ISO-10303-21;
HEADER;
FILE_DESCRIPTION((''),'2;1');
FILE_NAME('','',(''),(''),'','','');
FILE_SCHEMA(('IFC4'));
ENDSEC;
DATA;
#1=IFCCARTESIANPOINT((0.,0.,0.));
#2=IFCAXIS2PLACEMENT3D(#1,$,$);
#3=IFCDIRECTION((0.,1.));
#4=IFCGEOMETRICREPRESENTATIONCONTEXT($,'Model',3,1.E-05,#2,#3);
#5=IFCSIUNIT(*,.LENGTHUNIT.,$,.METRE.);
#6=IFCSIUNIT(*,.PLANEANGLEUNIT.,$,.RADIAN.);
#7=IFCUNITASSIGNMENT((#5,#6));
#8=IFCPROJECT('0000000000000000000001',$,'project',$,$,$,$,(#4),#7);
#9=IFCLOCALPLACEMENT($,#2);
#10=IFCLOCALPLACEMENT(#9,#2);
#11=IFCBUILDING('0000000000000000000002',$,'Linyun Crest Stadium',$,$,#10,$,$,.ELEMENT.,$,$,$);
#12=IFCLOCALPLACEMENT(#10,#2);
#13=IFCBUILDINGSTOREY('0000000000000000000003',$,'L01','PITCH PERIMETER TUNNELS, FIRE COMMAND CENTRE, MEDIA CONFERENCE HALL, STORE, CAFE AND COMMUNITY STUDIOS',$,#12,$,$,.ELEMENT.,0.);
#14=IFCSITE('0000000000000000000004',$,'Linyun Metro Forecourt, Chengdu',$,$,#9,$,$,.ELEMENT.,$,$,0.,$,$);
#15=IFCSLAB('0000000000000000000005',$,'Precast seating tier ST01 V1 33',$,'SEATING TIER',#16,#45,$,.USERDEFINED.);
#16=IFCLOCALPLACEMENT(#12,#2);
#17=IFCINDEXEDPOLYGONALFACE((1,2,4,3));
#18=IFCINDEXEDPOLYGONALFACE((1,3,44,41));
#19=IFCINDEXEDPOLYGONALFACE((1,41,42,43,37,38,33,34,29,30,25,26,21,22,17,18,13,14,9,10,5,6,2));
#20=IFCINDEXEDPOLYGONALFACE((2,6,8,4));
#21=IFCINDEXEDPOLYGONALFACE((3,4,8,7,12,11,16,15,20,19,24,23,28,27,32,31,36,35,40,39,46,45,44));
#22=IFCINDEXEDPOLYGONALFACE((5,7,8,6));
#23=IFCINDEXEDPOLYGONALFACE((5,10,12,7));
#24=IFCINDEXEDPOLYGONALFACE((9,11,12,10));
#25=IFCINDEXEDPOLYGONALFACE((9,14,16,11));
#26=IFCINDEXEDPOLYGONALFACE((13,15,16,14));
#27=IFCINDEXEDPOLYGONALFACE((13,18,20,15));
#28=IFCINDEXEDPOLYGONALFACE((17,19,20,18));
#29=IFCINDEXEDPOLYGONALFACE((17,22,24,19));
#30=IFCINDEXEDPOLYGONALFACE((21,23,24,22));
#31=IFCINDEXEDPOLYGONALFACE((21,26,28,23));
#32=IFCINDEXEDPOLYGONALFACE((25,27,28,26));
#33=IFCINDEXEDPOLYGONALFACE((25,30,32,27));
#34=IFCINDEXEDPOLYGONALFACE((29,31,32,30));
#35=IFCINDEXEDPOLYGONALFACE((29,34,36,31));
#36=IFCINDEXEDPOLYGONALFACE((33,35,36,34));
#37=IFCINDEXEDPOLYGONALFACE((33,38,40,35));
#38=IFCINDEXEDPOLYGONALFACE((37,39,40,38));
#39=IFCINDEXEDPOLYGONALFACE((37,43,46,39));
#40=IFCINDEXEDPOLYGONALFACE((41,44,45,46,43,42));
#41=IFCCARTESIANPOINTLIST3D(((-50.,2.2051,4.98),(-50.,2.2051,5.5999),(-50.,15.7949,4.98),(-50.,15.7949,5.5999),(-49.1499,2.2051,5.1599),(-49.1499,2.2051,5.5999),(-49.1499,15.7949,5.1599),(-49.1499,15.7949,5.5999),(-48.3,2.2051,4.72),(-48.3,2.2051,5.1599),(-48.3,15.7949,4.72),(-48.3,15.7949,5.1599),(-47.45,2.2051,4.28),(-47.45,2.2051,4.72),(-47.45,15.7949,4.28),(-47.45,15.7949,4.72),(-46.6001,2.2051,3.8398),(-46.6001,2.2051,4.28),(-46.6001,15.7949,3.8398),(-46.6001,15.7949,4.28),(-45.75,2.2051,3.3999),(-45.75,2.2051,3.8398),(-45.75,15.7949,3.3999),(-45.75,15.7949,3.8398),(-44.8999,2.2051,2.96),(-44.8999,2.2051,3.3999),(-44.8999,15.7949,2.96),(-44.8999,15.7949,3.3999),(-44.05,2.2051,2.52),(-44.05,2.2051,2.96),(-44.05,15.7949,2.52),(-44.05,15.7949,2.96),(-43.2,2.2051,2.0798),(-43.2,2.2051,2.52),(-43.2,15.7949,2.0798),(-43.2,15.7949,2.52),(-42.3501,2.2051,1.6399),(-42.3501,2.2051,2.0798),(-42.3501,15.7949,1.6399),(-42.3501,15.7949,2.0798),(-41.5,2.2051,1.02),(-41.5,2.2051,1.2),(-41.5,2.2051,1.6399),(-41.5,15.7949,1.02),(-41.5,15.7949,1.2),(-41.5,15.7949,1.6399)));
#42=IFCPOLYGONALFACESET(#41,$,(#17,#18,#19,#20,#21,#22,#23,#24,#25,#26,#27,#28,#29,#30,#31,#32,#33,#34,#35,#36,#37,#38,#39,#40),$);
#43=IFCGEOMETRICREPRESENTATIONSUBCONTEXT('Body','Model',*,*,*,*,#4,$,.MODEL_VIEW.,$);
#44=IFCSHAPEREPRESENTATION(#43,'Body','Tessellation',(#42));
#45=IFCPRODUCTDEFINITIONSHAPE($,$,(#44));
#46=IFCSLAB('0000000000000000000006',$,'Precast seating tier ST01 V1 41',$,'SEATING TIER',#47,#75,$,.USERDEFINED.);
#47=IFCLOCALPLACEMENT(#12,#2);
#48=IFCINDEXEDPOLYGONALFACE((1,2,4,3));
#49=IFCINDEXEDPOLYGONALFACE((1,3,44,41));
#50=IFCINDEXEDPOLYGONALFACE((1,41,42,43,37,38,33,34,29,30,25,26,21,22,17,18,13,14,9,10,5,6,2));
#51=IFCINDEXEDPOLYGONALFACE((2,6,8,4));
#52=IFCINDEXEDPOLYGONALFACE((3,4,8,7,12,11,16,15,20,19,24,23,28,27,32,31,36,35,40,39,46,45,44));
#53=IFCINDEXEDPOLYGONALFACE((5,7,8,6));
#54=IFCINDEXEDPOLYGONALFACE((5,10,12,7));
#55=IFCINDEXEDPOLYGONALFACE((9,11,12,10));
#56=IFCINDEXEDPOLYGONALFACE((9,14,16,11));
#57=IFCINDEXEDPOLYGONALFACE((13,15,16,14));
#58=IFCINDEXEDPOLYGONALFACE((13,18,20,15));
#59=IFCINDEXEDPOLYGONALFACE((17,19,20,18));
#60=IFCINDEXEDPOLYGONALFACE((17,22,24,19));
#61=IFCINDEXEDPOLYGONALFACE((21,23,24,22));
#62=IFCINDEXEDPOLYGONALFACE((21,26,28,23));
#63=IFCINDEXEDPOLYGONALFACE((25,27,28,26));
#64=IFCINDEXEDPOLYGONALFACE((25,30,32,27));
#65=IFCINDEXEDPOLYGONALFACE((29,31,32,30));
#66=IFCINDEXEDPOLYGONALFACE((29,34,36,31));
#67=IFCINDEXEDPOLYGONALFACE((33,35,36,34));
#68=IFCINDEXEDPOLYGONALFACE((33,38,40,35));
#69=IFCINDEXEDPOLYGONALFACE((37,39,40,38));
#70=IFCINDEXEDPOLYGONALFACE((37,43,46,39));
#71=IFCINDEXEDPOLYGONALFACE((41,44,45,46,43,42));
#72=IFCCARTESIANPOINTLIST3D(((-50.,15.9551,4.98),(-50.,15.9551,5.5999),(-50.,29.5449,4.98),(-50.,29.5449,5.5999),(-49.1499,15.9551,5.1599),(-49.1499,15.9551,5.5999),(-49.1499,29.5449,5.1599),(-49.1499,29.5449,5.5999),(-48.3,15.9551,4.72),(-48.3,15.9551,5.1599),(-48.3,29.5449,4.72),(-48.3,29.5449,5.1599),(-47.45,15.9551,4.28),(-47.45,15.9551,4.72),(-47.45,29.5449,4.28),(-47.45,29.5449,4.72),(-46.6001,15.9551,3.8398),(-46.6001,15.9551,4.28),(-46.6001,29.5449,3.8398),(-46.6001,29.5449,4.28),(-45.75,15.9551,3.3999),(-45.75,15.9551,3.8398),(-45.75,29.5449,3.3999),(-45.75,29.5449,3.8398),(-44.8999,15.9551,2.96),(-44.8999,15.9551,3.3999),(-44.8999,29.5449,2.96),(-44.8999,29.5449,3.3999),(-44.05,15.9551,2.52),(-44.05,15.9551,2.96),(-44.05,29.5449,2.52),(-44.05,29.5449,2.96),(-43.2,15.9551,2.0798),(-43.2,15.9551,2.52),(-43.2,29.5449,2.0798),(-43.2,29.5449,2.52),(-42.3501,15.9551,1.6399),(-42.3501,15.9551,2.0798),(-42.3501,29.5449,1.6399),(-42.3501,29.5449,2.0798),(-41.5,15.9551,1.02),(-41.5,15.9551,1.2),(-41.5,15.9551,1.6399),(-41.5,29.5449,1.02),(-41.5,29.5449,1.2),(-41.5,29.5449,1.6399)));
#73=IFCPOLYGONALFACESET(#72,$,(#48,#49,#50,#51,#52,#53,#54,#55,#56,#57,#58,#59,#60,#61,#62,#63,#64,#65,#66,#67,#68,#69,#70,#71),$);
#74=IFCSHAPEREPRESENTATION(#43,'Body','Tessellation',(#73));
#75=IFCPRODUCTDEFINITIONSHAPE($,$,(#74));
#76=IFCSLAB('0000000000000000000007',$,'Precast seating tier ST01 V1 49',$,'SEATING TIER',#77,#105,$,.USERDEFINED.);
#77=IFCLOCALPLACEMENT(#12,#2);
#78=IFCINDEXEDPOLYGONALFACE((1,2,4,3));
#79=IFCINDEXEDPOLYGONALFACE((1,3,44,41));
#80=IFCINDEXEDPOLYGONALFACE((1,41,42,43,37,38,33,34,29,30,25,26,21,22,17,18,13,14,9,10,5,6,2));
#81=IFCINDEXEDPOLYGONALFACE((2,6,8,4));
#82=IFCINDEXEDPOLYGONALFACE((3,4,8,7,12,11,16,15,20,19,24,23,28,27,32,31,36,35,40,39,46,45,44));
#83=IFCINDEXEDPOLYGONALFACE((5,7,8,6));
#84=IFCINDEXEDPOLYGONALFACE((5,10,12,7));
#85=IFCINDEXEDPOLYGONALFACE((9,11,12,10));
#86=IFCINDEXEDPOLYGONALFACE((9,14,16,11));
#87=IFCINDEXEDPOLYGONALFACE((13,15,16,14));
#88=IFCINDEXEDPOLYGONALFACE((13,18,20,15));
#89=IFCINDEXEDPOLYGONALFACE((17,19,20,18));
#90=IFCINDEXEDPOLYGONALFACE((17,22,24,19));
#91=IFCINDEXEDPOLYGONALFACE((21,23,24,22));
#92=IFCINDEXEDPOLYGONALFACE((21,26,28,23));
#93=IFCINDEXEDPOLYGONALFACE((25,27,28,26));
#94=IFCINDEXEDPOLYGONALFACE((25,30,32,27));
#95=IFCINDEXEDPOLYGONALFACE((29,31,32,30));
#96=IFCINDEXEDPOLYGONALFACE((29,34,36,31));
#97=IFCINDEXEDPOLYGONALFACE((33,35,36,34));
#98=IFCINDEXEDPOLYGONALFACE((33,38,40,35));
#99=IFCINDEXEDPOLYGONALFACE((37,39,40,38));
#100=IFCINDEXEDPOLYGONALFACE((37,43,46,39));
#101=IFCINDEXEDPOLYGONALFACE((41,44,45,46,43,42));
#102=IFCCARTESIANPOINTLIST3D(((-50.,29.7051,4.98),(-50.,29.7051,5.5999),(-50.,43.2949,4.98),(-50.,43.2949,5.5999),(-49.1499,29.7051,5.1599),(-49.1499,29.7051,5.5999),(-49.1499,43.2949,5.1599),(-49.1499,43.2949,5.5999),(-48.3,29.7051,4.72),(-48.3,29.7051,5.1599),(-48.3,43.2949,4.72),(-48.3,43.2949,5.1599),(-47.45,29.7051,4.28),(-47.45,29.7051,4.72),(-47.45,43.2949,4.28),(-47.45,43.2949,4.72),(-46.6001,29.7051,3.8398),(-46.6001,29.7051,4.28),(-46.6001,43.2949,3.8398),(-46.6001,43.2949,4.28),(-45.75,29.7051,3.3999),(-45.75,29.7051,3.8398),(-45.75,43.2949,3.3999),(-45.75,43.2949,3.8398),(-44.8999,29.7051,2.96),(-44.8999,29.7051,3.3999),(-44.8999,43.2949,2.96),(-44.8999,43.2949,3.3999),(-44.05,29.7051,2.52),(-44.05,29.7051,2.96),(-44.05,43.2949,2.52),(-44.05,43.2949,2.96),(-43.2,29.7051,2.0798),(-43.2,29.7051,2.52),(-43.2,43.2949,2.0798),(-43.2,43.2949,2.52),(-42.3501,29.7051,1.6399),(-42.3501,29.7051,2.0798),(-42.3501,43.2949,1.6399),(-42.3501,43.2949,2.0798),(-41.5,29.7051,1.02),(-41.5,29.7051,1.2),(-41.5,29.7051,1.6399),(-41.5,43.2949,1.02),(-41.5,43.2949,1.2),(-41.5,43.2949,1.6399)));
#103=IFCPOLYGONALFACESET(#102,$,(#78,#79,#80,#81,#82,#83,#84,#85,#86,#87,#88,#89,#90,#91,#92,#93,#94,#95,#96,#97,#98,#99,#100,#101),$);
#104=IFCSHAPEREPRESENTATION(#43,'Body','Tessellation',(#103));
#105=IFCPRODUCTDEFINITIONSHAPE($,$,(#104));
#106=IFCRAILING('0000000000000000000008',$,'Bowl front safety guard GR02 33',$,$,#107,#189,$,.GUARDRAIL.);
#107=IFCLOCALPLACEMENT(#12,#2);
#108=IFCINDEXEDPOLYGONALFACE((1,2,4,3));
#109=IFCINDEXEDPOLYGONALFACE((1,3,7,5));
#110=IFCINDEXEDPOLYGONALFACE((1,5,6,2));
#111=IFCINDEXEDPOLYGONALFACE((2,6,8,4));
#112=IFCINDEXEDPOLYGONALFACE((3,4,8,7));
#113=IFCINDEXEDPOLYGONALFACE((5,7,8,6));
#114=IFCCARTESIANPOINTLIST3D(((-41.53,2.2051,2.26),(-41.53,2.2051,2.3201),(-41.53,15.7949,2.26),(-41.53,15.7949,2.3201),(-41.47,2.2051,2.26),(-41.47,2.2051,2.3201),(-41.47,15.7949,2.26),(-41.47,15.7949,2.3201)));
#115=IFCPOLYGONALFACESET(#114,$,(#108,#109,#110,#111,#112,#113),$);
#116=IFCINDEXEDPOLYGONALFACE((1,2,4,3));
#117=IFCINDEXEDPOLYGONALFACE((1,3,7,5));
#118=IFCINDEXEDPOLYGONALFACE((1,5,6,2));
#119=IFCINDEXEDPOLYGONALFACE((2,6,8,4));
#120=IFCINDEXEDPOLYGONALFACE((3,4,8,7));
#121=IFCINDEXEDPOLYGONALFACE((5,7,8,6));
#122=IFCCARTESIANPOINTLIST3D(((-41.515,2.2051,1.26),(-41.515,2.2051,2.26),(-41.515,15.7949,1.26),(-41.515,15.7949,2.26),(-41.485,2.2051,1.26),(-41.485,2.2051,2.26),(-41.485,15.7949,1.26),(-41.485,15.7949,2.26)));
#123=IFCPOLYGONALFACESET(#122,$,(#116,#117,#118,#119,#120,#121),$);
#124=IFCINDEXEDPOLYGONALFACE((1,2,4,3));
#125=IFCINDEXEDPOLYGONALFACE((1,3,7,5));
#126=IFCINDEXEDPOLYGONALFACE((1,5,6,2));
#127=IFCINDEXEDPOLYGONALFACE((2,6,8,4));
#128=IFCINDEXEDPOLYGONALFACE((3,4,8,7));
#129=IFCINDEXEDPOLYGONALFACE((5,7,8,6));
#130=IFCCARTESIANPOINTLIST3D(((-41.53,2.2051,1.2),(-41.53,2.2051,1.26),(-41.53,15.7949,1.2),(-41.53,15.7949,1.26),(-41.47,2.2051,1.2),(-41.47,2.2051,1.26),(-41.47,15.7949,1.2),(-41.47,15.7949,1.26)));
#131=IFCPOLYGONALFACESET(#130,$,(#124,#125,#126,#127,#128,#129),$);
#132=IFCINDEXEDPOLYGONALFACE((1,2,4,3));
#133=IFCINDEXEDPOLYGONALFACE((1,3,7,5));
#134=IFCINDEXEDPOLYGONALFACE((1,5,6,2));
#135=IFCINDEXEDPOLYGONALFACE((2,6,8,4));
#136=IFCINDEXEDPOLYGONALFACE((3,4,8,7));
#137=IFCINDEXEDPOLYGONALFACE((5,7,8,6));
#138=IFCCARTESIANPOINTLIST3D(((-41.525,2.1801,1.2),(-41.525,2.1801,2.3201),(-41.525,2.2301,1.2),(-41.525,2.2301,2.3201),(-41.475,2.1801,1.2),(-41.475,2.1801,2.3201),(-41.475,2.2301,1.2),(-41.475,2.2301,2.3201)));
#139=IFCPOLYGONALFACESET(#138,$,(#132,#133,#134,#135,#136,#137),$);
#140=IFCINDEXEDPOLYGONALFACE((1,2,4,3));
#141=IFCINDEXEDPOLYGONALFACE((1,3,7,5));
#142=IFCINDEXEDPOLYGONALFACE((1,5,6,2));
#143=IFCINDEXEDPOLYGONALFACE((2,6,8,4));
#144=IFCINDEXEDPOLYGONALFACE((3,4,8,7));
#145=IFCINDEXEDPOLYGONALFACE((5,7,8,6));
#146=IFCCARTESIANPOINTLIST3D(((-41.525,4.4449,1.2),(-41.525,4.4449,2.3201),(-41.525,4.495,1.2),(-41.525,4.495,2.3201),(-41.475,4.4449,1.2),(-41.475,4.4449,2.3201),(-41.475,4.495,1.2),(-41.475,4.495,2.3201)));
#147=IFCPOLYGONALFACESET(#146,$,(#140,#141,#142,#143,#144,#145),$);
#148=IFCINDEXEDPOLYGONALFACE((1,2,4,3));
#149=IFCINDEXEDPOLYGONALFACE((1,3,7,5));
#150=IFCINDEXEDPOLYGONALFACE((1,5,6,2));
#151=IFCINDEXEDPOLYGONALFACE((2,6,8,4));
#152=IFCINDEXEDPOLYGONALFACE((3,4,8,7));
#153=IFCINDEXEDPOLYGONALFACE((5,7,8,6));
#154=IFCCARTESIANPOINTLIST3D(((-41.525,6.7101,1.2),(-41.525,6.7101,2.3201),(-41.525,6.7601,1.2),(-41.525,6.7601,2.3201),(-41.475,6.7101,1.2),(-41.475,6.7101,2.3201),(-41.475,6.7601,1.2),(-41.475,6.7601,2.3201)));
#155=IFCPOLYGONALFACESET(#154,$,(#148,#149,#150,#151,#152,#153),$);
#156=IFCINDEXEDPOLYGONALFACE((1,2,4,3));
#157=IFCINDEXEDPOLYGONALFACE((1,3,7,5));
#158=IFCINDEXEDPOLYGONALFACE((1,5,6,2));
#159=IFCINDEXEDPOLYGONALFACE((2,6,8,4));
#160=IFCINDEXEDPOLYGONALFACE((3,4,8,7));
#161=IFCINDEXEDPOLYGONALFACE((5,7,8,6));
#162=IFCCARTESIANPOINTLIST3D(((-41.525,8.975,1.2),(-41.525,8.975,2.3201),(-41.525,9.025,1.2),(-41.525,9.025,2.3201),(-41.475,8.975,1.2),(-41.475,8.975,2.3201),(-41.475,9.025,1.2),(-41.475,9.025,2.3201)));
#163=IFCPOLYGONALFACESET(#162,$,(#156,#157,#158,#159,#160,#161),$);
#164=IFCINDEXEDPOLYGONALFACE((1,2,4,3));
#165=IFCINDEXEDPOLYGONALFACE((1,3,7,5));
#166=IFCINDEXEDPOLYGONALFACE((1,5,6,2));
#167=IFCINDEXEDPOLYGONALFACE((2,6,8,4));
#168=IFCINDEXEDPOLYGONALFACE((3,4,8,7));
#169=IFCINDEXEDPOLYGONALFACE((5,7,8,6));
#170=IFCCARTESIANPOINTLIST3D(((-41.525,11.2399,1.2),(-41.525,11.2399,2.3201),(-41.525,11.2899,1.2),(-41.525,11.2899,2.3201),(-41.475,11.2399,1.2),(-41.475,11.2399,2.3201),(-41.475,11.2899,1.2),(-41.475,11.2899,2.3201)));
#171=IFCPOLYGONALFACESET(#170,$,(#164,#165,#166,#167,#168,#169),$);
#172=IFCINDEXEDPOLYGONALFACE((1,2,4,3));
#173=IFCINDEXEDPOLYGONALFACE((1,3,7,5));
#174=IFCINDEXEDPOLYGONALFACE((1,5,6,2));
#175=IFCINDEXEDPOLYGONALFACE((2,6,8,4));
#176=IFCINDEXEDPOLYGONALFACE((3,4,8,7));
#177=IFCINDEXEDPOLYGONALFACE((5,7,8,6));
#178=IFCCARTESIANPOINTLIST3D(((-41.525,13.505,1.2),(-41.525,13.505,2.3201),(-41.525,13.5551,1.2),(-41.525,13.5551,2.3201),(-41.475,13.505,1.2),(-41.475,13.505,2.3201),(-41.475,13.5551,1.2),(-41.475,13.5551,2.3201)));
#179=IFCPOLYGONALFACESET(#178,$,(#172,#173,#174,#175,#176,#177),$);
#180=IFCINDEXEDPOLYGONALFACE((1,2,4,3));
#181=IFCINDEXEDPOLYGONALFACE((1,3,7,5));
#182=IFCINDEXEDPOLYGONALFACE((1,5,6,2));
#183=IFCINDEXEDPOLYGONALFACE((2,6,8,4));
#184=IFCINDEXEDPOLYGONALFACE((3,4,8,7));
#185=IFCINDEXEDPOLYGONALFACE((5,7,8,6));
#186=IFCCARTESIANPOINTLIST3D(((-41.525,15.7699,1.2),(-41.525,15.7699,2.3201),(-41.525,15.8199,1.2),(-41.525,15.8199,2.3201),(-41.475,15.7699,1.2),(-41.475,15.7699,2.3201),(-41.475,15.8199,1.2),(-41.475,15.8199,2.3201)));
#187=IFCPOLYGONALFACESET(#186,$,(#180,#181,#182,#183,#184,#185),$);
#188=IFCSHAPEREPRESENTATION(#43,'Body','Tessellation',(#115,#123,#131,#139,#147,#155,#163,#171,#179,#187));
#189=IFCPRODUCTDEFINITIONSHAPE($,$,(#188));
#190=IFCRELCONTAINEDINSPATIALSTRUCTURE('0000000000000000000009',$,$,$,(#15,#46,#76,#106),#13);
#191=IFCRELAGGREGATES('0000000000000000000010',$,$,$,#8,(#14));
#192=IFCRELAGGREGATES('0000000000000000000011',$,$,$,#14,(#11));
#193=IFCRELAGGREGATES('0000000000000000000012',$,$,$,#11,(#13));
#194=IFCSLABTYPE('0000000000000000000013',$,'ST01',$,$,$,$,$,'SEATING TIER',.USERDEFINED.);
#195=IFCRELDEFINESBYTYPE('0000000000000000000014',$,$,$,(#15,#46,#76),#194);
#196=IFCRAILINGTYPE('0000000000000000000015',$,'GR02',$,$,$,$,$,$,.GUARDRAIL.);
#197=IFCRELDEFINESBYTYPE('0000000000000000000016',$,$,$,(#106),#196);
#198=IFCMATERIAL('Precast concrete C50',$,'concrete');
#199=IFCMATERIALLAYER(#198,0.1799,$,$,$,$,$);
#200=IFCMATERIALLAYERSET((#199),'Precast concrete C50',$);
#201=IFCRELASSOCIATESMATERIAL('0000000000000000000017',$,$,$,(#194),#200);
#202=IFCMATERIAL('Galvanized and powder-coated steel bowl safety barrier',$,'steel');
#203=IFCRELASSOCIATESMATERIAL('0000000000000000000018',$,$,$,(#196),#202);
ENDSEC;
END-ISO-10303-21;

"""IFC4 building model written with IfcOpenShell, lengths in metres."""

from ifc_helpers import new_model, si_unit, direction, frame, origin, origin_2d, place, context, subcontext, project, spatial, polyline, rectangle, outline, extrude, material, layer, layer_set, type_object, element, save


model = new_model("IFC4")

# Units and contexts
model_context = context("Model", 3, precision=1e-05, world=origin(), true_north=direction((0.0, 1.0)))
body_context = subcontext(model_context, "Body", "Model", "MODEL_VIEW")
ifc_project = project(units=[si_unit("LENGTHUNIT", "METRE"), si_unit("PLANEANGLEUNIT", "RADIAN")], contexts=[model_context])

# Site, building, storey
site_placement = place(None, origin())
site = spatial("IfcSite", under=ifc_project, at=site_placement, Name="Linyun Metro Forecourt, Chengdu", CompositionType="ELEMENT", RefElevation=0.0)
building_placement = place(site_placement, origin())
building = spatial("IfcBuilding", under=site, at=building_placement, Name="Linyun Crest Stadium", CompositionType="ELEMENT")
storey_placement = place(building_placement, origin())
storey = spatial("IfcBuildingStorey", under=building, at=storey_placement, Name="L01", Description="PITCH PERIMETER TUNNELS, FIRE COMMAND CENTRE, MEDIA CONFERENCE HALL, STORE, CAFE AND COMMUNITY STUDIOS", CompositionType="ELEMENT", Elevation=0.0)

# Slabs
ifc_material_1 = material(Name="Precast concrete C50", Category="concrete")
ifc_layer_1 = layer(ifc_material_1, 0.1799)
ifc_layer_set_1 = layer_set([ifc_layer_1], Name="Precast concrete C50")
slab_type_1 = type_object("IfcSlabType", Name="ST01", ElementType="SEATING TIER", PredefinedType="USERDEFINED", material=ifc_layer_set_1)
for number, where, z_axis, x_axis, name in (
    (1, (-41.5, 2.2051, 1.2), (0.0, 0.0, 1.0), (-1.0, 0.0, 0.0), "Precast seating tier ST01 V1 33"),
    (2, (-41.5, 15.9551, 1.2), (0.0, 0.0, 1.0), (-1.0, 0.0, 0.0), "Precast seating tier ST01 V1 41"),
    (3, (-41.5, 29.7051, 1.2), (0.0, 0.0, 1.0), (-1.0, 0.0, 0.0), "Precast seating tier ST01 V1 49"),
):
    element("IfcSlab", number, at=place(storey_placement, frame(where, z_axis=z_axis, x_axis=x_axis)), inside=storey, type_object=slab_type_1, Name=name, ObjectType="SEATING TIER", PredefinedType="USERDEFINED", context=body_context, shape_type="SweptSolid", body=[
        extrude(outline(polyline([(0.0, 0.0), (0.0, 0.4399), (0.8501, 0.4399), (0.8501, 0.8799), (1.7, 0.8799), (1.7, 1.3201), (2.55, 1.3201), (2.55, 1.76), (3.3999, 1.76), (3.3999, 2.2), (4.25, 2.2), (4.25, 2.6399), (5.1001, 2.6399), (5.1001, 3.0801), (5.95, 3.0801), (5.95, 3.52), (6.8, 3.52), (6.8, 3.96), (7.6499, 3.96), (7.6499, 4.3999), (8.5, 4.3999), (8.5, 3.78), (0.0, -0.1799), (0.0, 0.0)])), frame((0.0, 0.0, 0.0), z_axis=(0.0, -1.0, 0.0), x_axis=(1.0, 0.0, 0.0)), (0.0, 0.0, 1.0), 13.5898),
    ])

# Railing
ifc_material_2 = material(Name="Galvanized and powder-coated steel bowl safety barrier", Category="steel")
railing_type = type_object("IfcRailingType", Name="GR02", PredefinedType="GUARDRAIL", material=ifc_material_2)
for number, where, name in (
    (4, (-41.5, 2.2051, 1.2), "Bowl front safety guard GR02 33"),
):
    element("IfcRailing", number, at=place(storey_placement, frame(where)), inside=storey, type_object=railing_type, Name=name, PredefinedType="GUARDRAIL", context=body_context, shape_type="SweptSolid", body=[
        extrude(rectangle(XDim=0.0601, YDim=0.0601, at=origin_2d()), frame((0.0, 0.0, 1.0901), z_axis=(0.0, 1.0, 0.0), x_axis=(-1.0, 0.0, 0.0)), (0.0, 0.0, 1.0), 13.5898),
        extrude(rectangle(XDim=0.03, YDim=1.0, at=origin_2d()), frame((0.0, 0.0, 0.5601), z_axis=(0.0, 1.0, 0.0), x_axis=(-1.0, 0.0, 0.0)), (0.0, 0.0, 1.0), 13.5898),
        extrude(rectangle(XDim=0.0601, YDim=0.0601, at=origin_2d()), frame((0.0, 0.0, 0.03), z_axis=(0.0, 1.0, 0.0), x_axis=(-1.0, 0.0, 0.0)), (0.0, 0.0, 1.0), 13.5898),
        extrude(rectangle(XDim=0.05, YDim=0.05, at=origin_2d()), origin(), (0.0, 0.0, 1.0), 1.1201),
        extrude(rectangle(XDim=0.05, YDim=0.05, at=origin_2d()), frame((0.0, 2.2649, 0.0)), (0.0, 0.0, 1.0), 1.1201),
        extrude(rectangle(XDim=0.05, YDim=0.05, at=origin_2d()), frame((0.0, 4.53, 0.0)), (0.0, 0.0, 1.0), 1.1201),
        extrude(rectangle(XDim=0.05, YDim=0.05, at=origin_2d()), frame((0.0, 6.7949, 0.0)), (0.0, 0.0, 1.0), 1.1201),
        extrude(rectangle(XDim=0.05, YDim=0.05, at=origin_2d()), frame((0.0, 9.0598, 0.0)), (0.0, 0.0, 1.0), 1.1201),
        extrude(rectangle(XDim=0.05, YDim=0.05, at=origin_2d()), frame((0.0, 11.325, 0.0)), (0.0, 0.0, 1.0), 1.1201),
        extrude(rectangle(XDim=0.05, YDim=0.05, at=origin_2d()), frame((0.0, 13.5898, 0.0)), (0.0, 0.0, 1.0), 1.1201),
    ])

save(model, "model.ifc")
